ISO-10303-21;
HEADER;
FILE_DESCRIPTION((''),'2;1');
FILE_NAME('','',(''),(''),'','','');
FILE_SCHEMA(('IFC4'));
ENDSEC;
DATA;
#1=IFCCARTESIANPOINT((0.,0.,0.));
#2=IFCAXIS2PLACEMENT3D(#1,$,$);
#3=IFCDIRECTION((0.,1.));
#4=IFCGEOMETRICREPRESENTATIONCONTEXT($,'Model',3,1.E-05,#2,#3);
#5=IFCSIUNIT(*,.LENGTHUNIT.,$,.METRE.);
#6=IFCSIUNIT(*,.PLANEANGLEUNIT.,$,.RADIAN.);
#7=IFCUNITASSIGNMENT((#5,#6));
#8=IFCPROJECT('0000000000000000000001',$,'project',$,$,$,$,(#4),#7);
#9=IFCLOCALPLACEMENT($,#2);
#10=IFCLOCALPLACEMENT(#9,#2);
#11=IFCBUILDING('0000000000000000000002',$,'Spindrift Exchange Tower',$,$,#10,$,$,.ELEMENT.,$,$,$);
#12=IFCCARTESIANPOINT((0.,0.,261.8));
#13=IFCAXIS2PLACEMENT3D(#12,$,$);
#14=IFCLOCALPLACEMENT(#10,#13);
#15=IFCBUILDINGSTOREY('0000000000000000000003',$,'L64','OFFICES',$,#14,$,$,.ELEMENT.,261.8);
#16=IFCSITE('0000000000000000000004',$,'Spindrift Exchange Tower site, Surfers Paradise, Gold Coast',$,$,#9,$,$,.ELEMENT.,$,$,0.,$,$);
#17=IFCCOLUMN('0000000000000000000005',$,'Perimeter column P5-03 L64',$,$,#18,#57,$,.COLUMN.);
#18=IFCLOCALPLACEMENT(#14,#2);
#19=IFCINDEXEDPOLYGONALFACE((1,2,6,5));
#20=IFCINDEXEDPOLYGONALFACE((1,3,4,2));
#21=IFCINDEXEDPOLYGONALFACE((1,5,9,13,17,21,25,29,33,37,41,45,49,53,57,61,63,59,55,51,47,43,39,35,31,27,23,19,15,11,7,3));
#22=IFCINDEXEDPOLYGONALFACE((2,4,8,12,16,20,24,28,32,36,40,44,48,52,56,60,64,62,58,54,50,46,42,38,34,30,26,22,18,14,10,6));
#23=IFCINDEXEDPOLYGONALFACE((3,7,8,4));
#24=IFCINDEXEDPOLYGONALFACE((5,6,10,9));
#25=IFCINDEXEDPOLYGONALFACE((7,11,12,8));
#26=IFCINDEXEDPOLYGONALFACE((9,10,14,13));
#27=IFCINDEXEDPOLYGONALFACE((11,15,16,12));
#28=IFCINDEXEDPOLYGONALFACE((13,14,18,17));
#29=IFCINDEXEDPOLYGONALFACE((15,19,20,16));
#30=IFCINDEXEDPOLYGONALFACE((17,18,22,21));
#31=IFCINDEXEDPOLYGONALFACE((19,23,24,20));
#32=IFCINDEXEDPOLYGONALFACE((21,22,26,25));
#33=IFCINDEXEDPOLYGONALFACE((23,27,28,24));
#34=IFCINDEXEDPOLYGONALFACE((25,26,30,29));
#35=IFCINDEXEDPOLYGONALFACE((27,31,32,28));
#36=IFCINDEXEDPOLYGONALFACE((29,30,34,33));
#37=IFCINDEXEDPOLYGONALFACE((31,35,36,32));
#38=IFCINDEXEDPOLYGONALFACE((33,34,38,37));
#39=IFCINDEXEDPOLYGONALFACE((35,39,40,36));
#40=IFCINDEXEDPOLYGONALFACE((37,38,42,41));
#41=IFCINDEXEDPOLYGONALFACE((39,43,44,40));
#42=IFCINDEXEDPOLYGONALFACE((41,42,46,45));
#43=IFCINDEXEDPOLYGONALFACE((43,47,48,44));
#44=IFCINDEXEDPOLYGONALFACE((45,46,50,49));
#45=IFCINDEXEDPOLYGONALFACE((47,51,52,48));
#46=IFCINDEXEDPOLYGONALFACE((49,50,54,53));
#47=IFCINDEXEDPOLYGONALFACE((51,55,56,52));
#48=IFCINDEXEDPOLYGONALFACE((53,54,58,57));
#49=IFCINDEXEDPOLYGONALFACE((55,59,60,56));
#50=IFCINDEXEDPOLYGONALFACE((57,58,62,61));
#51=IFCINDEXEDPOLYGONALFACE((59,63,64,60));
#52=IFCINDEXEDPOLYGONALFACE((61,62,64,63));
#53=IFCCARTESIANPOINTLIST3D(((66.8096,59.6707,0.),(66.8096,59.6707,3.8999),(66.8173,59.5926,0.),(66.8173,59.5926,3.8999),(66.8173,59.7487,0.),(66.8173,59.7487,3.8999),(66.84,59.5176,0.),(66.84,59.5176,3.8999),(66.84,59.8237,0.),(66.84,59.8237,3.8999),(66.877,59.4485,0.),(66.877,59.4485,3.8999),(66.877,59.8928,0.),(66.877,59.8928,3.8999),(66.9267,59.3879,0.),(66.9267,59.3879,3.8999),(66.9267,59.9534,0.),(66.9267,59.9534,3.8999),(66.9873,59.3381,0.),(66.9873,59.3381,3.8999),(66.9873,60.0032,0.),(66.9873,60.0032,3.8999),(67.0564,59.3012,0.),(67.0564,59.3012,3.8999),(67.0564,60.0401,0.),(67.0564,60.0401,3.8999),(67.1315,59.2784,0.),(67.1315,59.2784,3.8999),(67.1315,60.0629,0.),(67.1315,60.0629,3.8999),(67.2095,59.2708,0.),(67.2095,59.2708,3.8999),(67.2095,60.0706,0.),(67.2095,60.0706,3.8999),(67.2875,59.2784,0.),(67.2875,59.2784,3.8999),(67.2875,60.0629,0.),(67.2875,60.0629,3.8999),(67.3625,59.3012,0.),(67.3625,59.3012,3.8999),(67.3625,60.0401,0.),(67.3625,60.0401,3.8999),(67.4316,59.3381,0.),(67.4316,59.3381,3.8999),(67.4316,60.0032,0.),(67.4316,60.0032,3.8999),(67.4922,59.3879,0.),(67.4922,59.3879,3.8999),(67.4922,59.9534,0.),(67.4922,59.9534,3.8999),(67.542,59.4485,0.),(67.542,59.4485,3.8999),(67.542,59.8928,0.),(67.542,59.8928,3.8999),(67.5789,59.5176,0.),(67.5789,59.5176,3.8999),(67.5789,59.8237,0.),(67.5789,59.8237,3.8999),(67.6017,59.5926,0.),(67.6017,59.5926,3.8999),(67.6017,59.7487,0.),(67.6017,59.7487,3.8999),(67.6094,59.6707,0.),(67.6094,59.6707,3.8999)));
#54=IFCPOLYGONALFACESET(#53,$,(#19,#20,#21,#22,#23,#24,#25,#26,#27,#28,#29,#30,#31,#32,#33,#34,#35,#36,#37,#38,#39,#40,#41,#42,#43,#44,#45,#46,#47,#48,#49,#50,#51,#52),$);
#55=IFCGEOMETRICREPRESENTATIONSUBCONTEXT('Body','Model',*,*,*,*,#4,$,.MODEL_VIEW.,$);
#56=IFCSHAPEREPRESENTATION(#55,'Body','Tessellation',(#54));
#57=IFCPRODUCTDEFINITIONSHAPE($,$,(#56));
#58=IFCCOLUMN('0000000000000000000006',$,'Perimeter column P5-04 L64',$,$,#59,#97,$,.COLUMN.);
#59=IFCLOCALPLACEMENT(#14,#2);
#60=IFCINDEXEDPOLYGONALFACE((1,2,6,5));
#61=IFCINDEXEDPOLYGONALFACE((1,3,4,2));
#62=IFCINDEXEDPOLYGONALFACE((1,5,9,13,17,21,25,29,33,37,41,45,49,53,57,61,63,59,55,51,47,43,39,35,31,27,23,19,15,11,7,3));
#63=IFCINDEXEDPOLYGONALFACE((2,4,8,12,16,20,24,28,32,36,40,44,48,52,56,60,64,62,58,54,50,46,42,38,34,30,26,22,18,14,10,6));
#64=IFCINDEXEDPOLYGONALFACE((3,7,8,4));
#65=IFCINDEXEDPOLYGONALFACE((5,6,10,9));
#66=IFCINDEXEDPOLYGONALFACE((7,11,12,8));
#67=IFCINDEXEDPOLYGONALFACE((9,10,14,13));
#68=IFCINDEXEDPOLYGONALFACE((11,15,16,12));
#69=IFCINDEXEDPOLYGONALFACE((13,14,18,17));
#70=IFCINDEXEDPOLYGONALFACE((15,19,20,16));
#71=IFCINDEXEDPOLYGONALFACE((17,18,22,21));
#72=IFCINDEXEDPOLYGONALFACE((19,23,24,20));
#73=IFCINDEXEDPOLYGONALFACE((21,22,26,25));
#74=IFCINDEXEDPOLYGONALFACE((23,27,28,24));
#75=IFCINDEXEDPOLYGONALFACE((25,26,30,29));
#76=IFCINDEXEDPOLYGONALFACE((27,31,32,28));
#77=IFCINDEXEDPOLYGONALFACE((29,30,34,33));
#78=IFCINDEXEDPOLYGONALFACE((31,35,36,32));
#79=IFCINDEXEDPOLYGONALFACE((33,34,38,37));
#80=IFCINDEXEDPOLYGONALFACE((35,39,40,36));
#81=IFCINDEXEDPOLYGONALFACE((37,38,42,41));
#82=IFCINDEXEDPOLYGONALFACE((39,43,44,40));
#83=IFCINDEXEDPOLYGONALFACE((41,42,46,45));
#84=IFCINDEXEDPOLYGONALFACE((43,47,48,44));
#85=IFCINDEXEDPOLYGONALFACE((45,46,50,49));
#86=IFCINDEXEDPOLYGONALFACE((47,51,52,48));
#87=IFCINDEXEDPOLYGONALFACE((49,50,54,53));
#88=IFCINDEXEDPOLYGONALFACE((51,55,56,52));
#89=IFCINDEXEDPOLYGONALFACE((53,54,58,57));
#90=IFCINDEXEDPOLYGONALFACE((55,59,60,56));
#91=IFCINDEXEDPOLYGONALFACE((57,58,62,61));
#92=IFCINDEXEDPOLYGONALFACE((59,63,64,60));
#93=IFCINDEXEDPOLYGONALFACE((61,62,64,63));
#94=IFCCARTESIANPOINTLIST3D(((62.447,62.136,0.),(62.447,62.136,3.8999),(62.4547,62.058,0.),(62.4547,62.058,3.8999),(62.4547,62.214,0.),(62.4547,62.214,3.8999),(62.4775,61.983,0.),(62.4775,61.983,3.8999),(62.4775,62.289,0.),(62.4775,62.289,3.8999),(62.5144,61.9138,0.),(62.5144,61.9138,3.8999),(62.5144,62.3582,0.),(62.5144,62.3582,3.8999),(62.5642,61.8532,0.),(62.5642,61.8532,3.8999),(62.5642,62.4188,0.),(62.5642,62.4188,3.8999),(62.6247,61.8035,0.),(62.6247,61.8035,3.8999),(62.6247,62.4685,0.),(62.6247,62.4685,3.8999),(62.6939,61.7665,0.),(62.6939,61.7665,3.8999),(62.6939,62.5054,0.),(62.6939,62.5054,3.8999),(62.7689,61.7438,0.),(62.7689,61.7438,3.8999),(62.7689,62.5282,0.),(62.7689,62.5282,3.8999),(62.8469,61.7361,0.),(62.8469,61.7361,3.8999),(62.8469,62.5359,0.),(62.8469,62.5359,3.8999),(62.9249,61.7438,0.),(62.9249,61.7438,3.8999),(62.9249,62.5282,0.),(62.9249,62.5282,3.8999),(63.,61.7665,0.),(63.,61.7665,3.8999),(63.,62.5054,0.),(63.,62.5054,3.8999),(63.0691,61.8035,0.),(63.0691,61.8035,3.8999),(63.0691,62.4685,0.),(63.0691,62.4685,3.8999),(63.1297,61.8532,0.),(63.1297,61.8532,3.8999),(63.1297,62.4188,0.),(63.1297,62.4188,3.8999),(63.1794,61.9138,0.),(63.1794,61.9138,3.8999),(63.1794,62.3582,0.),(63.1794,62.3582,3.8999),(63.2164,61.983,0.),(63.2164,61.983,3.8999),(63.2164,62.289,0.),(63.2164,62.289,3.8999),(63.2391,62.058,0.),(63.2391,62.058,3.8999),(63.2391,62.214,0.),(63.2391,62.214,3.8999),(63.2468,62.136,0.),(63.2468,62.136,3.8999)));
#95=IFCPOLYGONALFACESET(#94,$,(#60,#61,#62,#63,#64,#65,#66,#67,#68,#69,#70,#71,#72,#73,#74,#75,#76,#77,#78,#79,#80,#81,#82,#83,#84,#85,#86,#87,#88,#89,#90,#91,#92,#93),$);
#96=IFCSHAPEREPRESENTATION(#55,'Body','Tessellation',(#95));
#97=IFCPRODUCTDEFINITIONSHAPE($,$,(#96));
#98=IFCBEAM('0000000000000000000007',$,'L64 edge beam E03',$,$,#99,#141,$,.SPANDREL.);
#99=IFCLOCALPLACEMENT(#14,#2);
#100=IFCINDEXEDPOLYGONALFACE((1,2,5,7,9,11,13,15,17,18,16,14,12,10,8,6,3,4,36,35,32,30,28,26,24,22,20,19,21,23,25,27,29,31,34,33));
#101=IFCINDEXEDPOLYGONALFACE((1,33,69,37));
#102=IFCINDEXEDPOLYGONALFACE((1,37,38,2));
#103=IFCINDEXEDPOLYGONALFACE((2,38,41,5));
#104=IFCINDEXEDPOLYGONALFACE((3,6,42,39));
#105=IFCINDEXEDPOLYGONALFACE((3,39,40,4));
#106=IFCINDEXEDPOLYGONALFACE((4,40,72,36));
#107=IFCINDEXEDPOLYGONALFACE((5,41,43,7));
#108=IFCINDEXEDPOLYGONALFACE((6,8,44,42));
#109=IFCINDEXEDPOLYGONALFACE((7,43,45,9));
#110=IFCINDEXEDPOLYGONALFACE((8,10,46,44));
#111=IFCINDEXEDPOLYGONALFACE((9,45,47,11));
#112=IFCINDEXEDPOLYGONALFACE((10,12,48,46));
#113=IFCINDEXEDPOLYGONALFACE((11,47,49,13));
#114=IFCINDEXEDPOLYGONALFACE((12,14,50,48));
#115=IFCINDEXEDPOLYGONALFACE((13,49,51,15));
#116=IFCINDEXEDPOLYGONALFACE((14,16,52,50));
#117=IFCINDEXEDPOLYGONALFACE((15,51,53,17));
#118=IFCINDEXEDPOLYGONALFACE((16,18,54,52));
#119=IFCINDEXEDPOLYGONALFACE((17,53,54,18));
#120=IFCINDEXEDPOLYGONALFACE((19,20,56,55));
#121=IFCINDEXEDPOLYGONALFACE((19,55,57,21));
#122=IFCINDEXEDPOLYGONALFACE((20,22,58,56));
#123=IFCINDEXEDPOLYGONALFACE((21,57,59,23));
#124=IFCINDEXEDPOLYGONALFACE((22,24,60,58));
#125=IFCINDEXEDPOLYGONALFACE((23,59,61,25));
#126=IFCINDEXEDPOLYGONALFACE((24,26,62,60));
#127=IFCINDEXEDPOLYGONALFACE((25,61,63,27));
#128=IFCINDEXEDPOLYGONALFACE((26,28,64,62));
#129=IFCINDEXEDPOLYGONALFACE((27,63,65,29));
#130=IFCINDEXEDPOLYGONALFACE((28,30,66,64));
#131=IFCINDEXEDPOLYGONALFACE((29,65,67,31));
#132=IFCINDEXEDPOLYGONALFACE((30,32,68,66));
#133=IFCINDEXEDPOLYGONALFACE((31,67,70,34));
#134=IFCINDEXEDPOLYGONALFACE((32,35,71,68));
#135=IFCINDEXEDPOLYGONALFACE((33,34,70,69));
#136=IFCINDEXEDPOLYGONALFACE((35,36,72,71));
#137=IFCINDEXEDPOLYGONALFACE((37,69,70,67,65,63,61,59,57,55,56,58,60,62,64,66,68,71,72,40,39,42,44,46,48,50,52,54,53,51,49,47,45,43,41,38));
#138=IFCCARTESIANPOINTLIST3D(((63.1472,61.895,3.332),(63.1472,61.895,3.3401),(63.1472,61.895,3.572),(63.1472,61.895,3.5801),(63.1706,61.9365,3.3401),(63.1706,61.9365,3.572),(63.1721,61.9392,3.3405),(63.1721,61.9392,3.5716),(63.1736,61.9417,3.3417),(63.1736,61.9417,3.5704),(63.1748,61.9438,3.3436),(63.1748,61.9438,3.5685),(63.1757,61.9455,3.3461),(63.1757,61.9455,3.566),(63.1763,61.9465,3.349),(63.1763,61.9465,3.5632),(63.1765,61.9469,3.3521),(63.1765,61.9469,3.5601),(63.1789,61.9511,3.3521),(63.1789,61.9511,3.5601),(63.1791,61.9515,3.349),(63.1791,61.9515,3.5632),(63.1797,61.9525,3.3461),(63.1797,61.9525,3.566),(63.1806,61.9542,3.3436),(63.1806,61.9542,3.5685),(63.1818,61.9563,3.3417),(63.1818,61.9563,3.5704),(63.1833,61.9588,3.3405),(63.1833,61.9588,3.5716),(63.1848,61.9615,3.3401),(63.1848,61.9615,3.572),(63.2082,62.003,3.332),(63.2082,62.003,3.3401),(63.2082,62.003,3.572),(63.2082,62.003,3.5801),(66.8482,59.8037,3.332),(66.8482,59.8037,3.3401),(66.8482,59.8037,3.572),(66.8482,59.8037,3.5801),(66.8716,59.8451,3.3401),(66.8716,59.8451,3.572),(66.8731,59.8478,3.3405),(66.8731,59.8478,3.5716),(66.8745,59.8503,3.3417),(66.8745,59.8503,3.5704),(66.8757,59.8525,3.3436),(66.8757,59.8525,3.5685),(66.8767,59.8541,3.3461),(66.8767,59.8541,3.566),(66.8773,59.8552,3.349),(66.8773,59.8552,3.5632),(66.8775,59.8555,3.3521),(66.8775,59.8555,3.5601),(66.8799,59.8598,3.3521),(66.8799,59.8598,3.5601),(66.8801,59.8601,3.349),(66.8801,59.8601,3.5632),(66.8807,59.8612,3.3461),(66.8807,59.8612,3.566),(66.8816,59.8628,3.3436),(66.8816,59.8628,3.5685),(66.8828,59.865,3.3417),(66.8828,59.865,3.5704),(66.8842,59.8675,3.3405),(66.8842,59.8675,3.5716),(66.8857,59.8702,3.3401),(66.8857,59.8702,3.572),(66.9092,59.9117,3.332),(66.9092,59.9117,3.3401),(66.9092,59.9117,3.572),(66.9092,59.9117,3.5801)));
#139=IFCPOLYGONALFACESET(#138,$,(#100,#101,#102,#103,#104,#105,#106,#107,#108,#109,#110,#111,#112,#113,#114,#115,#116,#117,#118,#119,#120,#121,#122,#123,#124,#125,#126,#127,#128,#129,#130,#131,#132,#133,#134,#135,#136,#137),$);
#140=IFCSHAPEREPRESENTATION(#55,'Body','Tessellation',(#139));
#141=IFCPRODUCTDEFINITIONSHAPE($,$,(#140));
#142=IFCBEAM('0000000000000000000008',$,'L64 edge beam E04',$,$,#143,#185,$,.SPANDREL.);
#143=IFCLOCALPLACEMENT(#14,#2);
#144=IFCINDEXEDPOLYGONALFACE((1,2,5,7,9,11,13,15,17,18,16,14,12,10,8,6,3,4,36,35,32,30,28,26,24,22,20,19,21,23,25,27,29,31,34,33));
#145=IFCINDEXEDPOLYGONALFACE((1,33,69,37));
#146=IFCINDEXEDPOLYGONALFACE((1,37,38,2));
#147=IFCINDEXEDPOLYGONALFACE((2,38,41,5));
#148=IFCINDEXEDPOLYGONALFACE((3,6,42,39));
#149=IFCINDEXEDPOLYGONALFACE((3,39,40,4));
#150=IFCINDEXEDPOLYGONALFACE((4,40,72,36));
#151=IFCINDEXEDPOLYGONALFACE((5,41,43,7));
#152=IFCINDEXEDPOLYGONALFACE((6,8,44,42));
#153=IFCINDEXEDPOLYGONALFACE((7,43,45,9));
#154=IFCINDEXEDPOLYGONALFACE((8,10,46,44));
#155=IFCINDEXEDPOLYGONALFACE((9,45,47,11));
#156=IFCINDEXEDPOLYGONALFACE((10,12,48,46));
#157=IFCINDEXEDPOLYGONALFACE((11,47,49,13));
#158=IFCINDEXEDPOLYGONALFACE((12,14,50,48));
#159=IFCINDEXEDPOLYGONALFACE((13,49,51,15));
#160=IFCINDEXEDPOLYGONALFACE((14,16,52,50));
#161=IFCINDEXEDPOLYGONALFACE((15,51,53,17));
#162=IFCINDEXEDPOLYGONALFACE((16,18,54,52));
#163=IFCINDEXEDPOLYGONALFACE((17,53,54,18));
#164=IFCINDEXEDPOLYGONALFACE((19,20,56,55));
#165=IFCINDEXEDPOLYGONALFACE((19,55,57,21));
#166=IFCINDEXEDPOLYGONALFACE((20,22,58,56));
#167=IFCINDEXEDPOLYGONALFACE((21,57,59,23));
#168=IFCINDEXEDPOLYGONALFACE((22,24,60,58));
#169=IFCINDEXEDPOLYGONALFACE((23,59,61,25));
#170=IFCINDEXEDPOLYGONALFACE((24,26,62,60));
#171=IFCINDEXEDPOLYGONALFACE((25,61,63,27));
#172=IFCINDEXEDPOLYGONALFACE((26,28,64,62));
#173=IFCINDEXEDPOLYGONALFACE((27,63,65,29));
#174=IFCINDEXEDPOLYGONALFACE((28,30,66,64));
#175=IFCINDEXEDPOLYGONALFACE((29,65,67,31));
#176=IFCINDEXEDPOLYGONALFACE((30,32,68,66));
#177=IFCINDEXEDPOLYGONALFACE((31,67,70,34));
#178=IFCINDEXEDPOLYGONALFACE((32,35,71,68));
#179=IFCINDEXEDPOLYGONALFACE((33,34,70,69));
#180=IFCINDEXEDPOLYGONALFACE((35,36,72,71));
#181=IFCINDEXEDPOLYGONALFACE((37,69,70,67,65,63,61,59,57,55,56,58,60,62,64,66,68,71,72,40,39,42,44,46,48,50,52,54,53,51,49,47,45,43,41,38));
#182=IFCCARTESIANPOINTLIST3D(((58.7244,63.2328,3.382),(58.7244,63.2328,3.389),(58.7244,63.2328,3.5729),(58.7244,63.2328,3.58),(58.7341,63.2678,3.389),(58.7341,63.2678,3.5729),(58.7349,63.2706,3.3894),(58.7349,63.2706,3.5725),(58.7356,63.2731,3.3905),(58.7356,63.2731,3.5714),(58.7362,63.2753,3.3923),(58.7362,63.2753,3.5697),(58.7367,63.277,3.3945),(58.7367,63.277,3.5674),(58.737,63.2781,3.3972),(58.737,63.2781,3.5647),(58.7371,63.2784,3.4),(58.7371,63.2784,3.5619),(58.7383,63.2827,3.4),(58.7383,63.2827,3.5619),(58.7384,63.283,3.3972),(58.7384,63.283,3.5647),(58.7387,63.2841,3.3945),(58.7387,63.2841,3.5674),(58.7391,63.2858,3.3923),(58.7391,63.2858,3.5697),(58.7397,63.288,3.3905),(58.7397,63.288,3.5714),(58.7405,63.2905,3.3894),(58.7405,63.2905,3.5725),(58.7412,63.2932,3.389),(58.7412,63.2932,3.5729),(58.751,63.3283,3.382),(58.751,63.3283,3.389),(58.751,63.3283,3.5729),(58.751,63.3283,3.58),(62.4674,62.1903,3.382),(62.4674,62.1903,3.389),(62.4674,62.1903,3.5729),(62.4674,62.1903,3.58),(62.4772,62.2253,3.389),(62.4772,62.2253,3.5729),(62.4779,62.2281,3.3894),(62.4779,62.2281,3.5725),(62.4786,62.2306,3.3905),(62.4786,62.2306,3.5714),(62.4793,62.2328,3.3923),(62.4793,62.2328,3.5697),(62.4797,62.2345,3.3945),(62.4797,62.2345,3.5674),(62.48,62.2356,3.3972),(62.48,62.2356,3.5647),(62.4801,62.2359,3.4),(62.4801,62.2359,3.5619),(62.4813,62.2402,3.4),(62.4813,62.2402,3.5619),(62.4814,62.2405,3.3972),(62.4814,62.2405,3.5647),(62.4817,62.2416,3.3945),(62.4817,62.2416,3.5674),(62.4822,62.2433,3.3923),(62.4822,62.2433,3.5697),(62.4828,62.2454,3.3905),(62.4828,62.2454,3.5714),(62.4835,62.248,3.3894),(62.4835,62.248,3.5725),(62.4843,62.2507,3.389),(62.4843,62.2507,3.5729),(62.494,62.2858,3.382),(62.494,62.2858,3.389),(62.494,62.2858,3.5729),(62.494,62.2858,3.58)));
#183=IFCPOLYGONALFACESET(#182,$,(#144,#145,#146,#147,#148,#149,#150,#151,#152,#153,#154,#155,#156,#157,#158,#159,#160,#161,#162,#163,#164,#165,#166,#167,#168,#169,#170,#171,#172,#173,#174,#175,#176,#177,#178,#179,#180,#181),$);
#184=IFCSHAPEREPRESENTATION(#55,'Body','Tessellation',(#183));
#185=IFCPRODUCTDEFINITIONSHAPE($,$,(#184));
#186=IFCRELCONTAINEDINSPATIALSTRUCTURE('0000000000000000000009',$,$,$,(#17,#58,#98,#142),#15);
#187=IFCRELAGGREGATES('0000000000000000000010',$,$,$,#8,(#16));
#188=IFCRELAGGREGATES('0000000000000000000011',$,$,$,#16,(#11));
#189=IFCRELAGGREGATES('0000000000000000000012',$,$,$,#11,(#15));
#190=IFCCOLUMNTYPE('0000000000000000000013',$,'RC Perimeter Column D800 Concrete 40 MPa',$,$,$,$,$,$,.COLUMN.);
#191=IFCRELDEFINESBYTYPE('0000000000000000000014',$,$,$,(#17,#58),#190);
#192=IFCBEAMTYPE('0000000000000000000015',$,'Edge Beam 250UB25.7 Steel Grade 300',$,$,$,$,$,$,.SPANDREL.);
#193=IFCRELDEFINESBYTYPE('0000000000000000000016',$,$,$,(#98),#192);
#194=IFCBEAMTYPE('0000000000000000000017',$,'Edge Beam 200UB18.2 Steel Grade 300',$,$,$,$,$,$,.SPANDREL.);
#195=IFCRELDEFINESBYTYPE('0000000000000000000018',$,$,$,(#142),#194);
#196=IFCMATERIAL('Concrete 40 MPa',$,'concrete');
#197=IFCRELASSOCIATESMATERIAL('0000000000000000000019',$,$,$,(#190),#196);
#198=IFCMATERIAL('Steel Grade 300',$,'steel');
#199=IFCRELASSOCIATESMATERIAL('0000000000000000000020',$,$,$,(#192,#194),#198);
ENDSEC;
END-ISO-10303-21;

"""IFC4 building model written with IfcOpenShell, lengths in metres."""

from ifc_helpers import new_model, si_unit, direction, frame, origin, origin_2d, place, context, subcontext, project, spatial, circle, i_section, extrude, source, transform, mapped, material, material_profile, profile_set, type_object, element, save


model = new_model("IFC4")

# Units and contexts
model_context = context("Model", 3, precision=1e-05, world=origin(), true_north=direction((0.0, 1.0)))
body_context = subcontext(model_context, "Body", "Model", "MODEL_VIEW")
ifc_project = project(units=[si_unit("LENGTHUNIT", "METRE"), si_unit("PLANEANGLEUNIT", "RADIAN")], contexts=[model_context])

# Site, building, storey
site_placement = place(None, origin())
site = spatial("IfcSite", under=ifc_project, at=site_placement, Name="Spindrift Exchange Tower site, Surfers Paradise, Gold Coast", CompositionType="ELEMENT", RefElevation=0.0)
building_placement = place(site_placement, origin())
building = spatial("IfcBuilding", under=site, at=building_placement, Name="Spindrift Exchange Tower", CompositionType="ELEMENT")
storey_placement = place(building_placement, frame((0.0, 0.0, 261.8)))
storey = spatial("IfcBuildingStorey", under=building, at=storey_placement, Name="L64", Description="OFFICES", CompositionType="ELEMENT", Elevation=261.8)

# Columns
ifc_material_1 = material(Name="Concrete 40 MPa", Category="concrete")
ifc_material_profile_1 = material_profile(ifc_material_1, circle(Radius=0.3999, at=origin_2d()), Name="RC D800")
ifc_profile_set_1 = profile_set([ifc_material_profile_1], Name="Concrete 40 MPa")
column_type = type_object("IfcColumnType", Name="RC Perimeter Column D800 Concrete 40 MPa", PredefinedType="COLUMN", material=ifc_profile_set_1)
shared_shape_1 = source(origin(), body_context, "Body", "SweptSolid", [
    extrude(circle(Radius=0.3999, at=origin_2d()), origin(), (0.0, 0.0, 1.0), 3.8999),
])
for number, where, z_axis, x_axis, name in (
    (1, (67.2095, 59.6707, 0.0), (0.0, 0.0, 1.0), (1.0, 0.0, 0.0), "Perimeter column P5-03 L64"),
    (2, (62.8469, 62.136, 0.0), (0.0, 0.0, 1.0), (1.0, 0.0, 0.0), "Perimeter column P5-04 L64"),
):
    element("IfcColumn", number, at=place(storey_placement, frame(where, z_axis=z_axis, x_axis=x_axis)), inside=storey, type_object=column_type, Name=name, PredefinedType="COLUMN", context=body_context, shape_type="MappedRepresentation", body=[
        mapped(shared_shape_1, transform((0.0, 0.0, 0.0), scale=1.0)),
    ])

# Beams
ifc_material_2 = material(Name="Steel Grade 300", Category="steel")
ifc_material_profile_2 = material_profile(ifc_material_2, i_section(OverallWidth=0.124, OverallDepth=0.248, WebThickness=0.0049, FlangeThickness=0.0081, FilletRadius=0.012, at=origin_2d()), Name="250UB25.7")
ifc_profile_set_2 = profile_set([ifc_material_profile_2], Name="Steel Grade 300")
beam_type_1 = type_object("IfcBeamType", Name="Edge Beam 250UB25.7 Steel Grade 300", PredefinedType="SPANDREL", material=ifc_profile_set_2)
shared_shape_2 = source(origin(), body_context, "Body", "SweptSolid", [
    extrude(i_section(OverallWidth=0.124, OverallDepth=0.248, WebThickness=0.0049, FlangeThickness=0.0081, FilletRadius=0.012, at=origin_2d()), origin(), (0.0, 0.0, 1.0), 4.251),
])
beam_1_placement = place(storey_placement, frame((66.8787, 59.8577, 3.4561), z_axis=(-0.870615, 0.491965, 0.0), x_axis=(-0.491965, -0.870615, 0.0)))
element("IfcBeam", 3, at=beam_1_placement, inside=storey, type_object=beam_type_1, Name="L64 edge beam E03", PredefinedType="SPANDREL", context=body_context, shape_type="MappedRepresentation", body=[
    mapped(shared_shape_2, transform((0.0, 0.0, 0.0), scale=1.0)),
])
ifc_material_profile_3 = material_profile(ifc_material_2, i_section(OverallWidth=0.0991, OverallDepth=0.198, WebThickness=0.0044, FlangeThickness=0.0071, FilletRadius=0.011, at=origin_2d()), Name="200UB18.2")
ifc_profile_set_3 = profile_set([ifc_material_profile_3], Name="Steel Grade 300")
beam_type_2 = type_object("IfcBeamType", Name="Edge Beam 200UB18.2 Steel Grade 300", PredefinedType="SPANDREL", material=ifc_profile_set_3)
shared_shape_3 = source(origin(), body_context, "Body", "SweptSolid", [
    extrude(i_section(OverallWidth=0.0991, OverallDepth=0.198, WebThickness=0.0044, FlangeThickness=0.0071, FilletRadius=0.011, at=origin_2d()), origin(), (0.0, 0.0, 1.0), 3.8855),
])
beam_2_placement = place(storey_placement, frame((62.4807, 62.238, 3.481), z_axis=(-0.963333, 0.268308, 0.0), x_axis=(-0.268308, -0.963333, 0.0)))
element("IfcBeam", 4, at=beam_2_placement, inside=storey, type_object=beam_type_2, Name="L64 edge beam E04", PredefinedType="SPANDREL", context=body_context, shape_type="MappedRepresentation", body=[
    mapped(shared_shape_3, transform((0.0, 0.0, 0.0), scale=1.0)),
])

save(model, "model.ifc")
